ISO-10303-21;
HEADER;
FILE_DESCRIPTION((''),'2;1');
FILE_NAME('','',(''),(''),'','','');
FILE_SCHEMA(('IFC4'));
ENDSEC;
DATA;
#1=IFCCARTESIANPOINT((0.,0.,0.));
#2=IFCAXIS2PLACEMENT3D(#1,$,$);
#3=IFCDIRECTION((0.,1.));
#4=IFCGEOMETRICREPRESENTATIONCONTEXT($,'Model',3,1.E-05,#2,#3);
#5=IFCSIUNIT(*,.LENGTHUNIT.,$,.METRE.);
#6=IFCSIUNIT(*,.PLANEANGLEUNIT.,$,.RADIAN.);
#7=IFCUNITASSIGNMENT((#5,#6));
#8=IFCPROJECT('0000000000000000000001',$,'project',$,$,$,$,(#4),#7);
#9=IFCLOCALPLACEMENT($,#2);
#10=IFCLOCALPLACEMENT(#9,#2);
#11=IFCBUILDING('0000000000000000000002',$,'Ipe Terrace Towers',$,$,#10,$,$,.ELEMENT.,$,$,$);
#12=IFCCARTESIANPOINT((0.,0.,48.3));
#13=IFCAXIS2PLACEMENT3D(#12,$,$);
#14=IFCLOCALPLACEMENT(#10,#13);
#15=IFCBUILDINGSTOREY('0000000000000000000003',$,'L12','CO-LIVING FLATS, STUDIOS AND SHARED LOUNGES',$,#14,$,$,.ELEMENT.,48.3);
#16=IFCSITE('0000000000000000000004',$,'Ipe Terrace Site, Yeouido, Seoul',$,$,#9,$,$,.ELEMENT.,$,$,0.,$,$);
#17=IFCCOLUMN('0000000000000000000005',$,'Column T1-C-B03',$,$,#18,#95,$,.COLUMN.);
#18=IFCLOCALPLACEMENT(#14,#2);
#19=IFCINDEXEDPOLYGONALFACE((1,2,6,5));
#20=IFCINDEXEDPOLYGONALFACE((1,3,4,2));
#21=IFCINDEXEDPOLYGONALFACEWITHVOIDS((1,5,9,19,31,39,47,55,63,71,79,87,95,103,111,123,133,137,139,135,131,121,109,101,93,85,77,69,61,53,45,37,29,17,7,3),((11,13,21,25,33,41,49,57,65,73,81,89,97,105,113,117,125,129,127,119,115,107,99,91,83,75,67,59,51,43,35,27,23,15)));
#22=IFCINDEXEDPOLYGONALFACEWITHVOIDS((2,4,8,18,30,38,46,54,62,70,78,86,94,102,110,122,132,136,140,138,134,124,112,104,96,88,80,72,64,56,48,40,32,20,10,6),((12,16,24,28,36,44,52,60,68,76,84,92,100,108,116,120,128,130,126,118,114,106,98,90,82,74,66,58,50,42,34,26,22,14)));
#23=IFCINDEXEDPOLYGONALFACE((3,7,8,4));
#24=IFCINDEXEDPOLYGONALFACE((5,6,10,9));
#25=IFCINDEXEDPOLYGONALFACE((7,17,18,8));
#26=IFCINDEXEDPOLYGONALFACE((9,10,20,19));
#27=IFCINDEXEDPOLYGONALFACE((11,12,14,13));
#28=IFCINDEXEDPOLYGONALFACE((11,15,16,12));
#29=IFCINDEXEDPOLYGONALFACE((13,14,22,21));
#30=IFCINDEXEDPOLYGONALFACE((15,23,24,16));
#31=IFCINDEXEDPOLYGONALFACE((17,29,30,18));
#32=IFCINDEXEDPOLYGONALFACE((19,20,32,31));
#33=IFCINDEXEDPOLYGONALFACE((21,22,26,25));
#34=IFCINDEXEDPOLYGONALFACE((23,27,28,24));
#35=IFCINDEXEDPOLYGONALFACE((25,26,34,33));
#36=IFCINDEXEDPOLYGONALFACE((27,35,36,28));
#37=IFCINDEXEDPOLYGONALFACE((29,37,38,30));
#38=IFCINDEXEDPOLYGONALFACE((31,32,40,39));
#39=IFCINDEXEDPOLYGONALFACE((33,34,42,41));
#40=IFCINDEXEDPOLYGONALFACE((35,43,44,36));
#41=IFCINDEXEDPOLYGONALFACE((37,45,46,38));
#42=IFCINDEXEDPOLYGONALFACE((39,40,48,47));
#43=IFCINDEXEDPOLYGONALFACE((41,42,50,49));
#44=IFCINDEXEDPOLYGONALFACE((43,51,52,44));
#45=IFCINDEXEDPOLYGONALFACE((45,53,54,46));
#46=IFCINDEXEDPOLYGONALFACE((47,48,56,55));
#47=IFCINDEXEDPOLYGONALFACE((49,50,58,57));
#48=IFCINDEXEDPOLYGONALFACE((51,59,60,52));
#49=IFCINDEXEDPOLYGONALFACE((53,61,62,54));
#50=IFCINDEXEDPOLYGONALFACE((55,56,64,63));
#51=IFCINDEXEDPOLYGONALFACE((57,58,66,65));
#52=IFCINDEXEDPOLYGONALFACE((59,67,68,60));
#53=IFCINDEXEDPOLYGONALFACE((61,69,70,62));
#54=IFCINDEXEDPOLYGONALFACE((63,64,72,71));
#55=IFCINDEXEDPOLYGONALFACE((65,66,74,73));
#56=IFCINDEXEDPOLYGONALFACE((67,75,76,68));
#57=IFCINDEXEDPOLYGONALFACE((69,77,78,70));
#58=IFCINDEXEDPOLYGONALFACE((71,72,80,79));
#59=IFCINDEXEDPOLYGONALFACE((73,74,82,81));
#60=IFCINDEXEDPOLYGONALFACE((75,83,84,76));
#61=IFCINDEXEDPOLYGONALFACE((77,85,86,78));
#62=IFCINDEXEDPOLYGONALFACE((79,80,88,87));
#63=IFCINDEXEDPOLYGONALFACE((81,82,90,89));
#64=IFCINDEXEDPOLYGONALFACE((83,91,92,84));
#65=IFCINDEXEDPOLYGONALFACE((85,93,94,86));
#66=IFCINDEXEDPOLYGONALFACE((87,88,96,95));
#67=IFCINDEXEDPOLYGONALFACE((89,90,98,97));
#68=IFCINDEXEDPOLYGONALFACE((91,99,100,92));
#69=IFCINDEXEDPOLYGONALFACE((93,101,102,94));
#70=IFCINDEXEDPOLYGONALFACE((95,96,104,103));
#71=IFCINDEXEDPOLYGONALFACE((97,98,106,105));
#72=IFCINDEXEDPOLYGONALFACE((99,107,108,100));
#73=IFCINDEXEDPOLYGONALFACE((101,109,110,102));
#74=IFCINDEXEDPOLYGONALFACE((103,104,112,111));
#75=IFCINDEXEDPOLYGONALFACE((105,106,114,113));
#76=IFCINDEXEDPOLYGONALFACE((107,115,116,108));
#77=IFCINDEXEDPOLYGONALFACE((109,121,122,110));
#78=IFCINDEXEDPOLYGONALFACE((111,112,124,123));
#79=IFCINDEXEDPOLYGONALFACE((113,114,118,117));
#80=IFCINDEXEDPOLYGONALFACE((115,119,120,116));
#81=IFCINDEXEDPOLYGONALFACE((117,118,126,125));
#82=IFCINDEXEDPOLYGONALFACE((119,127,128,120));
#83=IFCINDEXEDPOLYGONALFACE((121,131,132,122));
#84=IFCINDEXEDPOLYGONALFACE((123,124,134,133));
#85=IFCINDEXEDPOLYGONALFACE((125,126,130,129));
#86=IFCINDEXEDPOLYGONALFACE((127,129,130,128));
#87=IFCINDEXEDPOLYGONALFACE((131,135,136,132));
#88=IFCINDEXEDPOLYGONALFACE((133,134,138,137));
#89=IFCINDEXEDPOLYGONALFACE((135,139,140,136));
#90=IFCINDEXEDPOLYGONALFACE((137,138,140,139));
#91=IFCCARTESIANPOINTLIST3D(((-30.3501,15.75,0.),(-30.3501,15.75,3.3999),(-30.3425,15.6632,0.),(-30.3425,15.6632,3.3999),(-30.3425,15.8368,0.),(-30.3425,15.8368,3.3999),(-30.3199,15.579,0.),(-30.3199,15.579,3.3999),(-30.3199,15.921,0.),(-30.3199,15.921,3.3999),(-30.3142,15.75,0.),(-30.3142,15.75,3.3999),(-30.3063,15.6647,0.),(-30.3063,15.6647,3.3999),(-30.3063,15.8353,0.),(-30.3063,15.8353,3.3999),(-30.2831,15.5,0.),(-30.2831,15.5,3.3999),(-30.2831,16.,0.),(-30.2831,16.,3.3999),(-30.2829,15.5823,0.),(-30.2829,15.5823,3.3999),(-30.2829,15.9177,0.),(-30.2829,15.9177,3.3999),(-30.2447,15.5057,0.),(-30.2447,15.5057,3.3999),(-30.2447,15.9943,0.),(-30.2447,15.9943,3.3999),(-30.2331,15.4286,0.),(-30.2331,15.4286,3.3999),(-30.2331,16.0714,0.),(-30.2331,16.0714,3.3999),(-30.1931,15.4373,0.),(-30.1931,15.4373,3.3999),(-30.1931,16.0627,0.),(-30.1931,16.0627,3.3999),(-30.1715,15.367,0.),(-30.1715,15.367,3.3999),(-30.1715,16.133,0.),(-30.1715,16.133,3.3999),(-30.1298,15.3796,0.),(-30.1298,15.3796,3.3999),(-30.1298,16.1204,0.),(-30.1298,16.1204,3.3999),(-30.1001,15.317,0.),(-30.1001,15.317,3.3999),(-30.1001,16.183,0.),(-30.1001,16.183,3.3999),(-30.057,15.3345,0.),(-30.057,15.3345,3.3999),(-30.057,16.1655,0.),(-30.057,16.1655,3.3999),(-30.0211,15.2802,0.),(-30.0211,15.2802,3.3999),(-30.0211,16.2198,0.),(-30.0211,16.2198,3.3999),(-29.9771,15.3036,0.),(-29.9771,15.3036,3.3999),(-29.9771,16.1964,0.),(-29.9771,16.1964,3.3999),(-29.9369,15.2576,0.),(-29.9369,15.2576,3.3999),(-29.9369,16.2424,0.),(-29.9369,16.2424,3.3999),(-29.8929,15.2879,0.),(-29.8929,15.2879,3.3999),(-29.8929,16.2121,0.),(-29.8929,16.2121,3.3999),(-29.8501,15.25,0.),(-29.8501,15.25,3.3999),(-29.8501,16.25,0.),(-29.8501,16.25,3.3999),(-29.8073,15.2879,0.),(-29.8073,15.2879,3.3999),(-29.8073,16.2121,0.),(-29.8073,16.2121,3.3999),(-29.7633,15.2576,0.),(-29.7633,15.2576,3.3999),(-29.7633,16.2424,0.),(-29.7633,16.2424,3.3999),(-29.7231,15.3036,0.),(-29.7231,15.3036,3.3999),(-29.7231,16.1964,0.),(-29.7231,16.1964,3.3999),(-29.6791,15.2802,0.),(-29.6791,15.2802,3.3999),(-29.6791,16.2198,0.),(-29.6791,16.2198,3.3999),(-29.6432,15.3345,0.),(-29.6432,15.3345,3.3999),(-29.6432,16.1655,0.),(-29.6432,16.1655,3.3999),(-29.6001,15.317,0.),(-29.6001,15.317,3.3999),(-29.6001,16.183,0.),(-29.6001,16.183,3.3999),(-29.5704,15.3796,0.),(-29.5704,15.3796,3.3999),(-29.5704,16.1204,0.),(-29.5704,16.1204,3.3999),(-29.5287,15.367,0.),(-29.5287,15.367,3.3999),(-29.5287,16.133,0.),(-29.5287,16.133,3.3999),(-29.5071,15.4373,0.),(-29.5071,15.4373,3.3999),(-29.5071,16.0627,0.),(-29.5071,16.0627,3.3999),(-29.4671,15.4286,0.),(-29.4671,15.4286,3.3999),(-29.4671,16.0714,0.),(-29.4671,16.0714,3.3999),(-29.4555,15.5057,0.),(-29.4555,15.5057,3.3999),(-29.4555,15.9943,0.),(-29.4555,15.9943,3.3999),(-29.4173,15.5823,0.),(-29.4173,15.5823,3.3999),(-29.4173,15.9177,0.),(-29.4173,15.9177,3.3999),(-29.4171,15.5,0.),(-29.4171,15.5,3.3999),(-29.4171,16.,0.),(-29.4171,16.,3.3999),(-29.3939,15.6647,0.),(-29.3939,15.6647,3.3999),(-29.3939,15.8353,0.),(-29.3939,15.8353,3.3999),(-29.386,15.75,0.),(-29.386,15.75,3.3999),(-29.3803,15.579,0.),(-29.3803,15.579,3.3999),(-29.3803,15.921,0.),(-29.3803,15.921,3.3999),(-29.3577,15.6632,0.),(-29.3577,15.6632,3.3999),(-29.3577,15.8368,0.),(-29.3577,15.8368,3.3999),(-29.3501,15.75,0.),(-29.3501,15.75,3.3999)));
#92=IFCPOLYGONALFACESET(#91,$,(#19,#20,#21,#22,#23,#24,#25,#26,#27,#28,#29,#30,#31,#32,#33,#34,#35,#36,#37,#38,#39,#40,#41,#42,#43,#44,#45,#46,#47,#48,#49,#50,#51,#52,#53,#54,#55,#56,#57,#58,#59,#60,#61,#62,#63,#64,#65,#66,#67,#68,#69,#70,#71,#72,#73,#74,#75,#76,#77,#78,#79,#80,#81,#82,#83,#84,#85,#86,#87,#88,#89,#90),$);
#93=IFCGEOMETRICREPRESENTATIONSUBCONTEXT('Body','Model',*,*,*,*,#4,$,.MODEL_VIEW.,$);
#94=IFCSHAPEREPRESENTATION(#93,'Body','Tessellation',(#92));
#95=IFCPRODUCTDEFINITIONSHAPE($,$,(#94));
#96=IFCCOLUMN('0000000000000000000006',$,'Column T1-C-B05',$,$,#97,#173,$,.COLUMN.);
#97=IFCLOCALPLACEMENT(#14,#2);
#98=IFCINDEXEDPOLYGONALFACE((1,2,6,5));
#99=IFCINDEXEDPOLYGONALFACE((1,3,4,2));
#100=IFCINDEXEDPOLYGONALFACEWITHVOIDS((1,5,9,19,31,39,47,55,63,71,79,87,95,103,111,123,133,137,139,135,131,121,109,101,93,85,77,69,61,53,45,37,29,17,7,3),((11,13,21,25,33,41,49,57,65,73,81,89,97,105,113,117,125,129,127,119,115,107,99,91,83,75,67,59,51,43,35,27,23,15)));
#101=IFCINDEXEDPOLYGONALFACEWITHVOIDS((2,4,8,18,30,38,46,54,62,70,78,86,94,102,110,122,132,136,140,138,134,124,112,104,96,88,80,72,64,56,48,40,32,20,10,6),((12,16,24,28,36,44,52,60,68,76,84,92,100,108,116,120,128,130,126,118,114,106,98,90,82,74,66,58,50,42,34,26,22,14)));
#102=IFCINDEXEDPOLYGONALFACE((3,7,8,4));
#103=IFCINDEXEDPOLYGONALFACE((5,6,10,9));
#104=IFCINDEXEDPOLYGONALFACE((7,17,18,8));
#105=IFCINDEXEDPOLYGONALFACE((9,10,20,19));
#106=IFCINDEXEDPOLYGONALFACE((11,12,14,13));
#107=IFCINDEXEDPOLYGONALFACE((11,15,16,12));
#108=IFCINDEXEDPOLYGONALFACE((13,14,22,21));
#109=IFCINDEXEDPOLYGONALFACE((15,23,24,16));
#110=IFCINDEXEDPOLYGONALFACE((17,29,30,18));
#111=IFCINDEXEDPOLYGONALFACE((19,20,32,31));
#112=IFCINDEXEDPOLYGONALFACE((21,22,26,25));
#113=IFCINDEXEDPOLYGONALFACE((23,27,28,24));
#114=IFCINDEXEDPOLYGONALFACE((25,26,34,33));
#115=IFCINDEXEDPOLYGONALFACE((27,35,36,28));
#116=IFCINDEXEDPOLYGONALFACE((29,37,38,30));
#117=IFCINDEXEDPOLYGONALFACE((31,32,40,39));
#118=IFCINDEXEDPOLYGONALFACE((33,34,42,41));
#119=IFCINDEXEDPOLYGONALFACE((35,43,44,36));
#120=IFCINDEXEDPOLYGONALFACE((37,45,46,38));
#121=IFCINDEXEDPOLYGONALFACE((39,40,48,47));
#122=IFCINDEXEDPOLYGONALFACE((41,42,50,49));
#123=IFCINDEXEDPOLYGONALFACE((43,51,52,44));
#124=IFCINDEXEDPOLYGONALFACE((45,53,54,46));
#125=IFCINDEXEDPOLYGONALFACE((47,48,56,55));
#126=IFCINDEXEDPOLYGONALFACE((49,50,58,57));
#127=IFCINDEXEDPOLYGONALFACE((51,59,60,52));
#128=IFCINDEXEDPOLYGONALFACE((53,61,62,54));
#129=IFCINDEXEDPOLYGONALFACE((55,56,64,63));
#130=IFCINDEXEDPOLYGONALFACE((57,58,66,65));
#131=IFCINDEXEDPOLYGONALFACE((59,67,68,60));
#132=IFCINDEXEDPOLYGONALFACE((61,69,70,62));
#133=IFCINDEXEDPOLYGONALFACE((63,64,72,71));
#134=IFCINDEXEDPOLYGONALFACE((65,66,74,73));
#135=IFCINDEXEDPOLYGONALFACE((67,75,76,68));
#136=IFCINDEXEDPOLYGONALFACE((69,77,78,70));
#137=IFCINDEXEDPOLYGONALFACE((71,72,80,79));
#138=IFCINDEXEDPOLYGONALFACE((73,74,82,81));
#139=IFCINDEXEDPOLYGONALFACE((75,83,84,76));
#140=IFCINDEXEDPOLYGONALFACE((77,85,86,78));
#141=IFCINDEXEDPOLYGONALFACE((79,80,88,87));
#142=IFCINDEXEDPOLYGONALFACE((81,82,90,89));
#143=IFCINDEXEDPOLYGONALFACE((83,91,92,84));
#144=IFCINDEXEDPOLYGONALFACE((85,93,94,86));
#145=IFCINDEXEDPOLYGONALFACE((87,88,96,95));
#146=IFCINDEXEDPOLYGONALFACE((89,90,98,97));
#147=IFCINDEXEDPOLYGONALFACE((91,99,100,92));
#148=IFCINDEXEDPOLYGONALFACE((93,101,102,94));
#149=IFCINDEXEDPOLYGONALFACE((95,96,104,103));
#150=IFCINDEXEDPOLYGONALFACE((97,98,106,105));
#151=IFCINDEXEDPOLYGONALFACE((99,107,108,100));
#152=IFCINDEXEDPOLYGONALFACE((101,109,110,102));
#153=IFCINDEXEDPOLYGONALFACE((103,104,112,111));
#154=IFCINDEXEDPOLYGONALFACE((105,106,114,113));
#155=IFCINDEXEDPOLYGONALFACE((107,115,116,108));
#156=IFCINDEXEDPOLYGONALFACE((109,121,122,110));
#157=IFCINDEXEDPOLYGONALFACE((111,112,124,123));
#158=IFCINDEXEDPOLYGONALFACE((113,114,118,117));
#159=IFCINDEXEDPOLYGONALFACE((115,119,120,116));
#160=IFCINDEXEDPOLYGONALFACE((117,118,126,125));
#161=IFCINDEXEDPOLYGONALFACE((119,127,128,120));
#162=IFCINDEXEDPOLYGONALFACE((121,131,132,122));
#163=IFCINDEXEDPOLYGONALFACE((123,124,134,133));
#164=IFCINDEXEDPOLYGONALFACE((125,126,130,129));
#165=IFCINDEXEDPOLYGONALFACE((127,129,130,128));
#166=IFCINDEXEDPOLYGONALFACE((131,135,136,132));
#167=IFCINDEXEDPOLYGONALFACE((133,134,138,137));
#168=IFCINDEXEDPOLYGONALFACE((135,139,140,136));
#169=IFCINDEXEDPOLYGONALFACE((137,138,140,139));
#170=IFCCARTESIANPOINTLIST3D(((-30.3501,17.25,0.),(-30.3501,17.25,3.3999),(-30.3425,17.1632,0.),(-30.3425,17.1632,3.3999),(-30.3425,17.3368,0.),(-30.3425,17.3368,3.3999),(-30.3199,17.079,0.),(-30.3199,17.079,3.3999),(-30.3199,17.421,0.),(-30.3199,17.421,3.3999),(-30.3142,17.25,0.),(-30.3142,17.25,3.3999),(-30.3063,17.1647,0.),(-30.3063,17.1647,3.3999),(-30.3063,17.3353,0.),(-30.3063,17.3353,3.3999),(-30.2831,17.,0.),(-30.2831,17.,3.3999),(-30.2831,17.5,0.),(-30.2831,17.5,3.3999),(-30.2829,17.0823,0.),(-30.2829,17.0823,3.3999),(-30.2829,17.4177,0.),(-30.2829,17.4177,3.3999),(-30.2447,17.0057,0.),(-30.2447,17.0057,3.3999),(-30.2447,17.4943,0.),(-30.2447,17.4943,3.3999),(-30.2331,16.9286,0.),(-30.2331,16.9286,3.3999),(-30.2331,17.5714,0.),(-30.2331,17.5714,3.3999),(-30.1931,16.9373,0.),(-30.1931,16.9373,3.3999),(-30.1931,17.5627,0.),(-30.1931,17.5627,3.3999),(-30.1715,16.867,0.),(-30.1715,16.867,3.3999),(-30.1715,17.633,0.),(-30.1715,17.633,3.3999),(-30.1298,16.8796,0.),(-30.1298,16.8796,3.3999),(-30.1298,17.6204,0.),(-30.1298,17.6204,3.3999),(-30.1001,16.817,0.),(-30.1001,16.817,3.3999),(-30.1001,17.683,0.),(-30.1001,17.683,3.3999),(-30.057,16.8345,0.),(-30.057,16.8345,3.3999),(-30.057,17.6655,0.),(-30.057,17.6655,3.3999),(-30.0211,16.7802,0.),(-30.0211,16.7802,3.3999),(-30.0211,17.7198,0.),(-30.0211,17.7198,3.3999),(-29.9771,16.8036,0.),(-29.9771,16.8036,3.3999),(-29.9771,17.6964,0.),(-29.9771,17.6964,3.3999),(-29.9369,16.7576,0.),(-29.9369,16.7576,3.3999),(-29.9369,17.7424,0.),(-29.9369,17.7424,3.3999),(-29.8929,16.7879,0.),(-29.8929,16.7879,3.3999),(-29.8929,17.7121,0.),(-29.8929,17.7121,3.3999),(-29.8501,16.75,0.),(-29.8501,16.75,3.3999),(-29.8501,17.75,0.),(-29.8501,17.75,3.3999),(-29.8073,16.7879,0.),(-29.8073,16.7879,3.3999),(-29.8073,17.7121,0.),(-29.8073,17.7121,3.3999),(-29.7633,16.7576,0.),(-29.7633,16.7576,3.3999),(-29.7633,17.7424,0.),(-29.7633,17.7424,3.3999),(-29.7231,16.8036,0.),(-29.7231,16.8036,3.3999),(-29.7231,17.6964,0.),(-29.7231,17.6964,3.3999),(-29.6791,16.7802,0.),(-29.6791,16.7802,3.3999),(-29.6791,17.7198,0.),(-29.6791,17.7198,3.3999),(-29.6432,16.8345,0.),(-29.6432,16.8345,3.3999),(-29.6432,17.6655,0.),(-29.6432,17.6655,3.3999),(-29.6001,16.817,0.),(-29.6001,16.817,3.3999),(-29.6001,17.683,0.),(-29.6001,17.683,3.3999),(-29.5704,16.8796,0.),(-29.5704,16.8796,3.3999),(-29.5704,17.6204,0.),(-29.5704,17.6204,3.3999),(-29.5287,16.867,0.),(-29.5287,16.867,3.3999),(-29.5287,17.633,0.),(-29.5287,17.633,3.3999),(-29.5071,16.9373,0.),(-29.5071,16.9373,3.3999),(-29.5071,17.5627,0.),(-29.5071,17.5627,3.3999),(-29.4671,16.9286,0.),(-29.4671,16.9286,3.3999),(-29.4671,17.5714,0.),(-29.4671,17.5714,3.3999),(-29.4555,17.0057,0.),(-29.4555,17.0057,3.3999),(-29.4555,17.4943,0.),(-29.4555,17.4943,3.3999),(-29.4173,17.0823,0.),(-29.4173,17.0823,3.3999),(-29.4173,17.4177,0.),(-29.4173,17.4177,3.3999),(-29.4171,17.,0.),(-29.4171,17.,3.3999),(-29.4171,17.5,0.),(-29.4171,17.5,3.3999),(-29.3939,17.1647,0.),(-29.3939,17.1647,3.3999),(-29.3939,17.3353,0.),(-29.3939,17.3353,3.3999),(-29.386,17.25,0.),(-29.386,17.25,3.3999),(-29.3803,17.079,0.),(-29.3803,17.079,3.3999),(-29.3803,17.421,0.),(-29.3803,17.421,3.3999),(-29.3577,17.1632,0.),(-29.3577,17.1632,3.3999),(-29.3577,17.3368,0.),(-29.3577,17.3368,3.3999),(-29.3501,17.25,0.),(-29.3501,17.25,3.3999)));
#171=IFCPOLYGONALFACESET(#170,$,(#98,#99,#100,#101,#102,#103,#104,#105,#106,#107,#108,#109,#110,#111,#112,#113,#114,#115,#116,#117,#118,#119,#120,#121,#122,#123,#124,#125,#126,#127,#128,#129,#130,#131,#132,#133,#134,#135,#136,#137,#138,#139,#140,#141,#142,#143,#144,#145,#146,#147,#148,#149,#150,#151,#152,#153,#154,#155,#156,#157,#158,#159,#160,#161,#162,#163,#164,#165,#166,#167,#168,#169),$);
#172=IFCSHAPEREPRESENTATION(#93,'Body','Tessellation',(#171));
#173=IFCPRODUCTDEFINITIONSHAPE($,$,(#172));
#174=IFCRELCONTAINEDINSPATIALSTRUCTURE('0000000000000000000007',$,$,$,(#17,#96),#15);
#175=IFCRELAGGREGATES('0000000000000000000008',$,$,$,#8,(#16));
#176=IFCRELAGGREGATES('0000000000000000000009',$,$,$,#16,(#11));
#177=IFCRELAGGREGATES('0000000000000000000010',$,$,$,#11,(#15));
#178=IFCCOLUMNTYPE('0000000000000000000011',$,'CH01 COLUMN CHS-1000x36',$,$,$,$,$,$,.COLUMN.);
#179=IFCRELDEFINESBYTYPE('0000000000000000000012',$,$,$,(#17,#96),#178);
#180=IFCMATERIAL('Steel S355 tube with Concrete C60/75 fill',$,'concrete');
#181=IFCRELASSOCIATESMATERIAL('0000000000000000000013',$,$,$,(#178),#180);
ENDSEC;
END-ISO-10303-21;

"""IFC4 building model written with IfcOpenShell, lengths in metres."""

from ifc_helpers import new_model, si_unit, direction, frame, origin, origin_2d, place, context, subcontext, project, spatial, hollow_circle, extrude, material, material_profile, profile_set, type_object, element, save


model = new_model("IFC4")

# Units and contexts
model_context = context("Model", 3, precision=1e-05, world=origin(), true_north=direction((0.0, 1.0)))
body_context = subcontext(model_context, "Body", "Model", "MODEL_VIEW")
ifc_project = project(units=[si_unit("LENGTHUNIT", "METRE"), si_unit("PLANEANGLEUNIT", "RADIAN")], contexts=[model_context])

# Site, building, storey
site_placement = place(None, origin())
site = spatial("IfcSite", under=ifc_project, at=site_placement, Name="Ipe Terrace Site, Yeouido, Seoul", CompositionType="ELEMENT", RefElevation=0.0)
building_placement = place(site_placement, origin())
building = spatial("IfcBuilding", under=site, at=building_placement, Name="Ipe Terrace Towers", CompositionType="ELEMENT")
storey_placement = place(building_placement, frame((0.0, 0.0, 48.3)))
storey = spatial("IfcBuildingStorey", under=building, at=storey_placement, Name="L12", Description="CO-LIVING FLATS, STUDIOS AND SHARED LOUNGES", CompositionType="ELEMENT", Elevation=48.3)

# Columns
ifc_material_1 = material(Name="Steel S355 tube with Concrete C60/75 fill", Category="concrete")
ifc_material_profile_1 = material_profile(ifc_material_1, hollow_circle(Radius=0.5, WallThickness=0.0359, at=origin_2d()), Name="CHS-1000x36")
ifc_profile_set_1 = profile_set([ifc_material_profile_1], Name="Steel S355 tube with Concrete C60/75 fill")
column_type_1 = type_object("IfcColumnType", Name="CH01 COLUMN CHS-1000x36", PredefinedType="COLUMN", material=ifc_profile_set_1)
for number, where, z_axis, x_axis, name in (
    (1, (-29.8501, 15.75, 0.0), (0.0, 0.0, 1.0), (1.0, 0.0, 0.0), "Column T1-C-B03"),
    (2, (-29.8501, 17.25, 0.0), (0.0, 0.0, 1.0), (1.0, 0.0, 0.0), "Column T1-C-B05"),
):
    element("IfcColumn", number, at=place(storey_placement, frame(where, z_axis=z_axis, x_axis=x_axis)), inside=storey, type_object=column_type_1, Name=name, PredefinedType="COLUMN", context=body_context, shape_type="SweptSolid", body=[
        extrude(hollow_circle(Radius=0.5, WallThickness=0.0359, at=origin_2d()), origin(), (0.0, 0.0, 1.0), 3.3999),
    ])

save(model, "model.ifc")
